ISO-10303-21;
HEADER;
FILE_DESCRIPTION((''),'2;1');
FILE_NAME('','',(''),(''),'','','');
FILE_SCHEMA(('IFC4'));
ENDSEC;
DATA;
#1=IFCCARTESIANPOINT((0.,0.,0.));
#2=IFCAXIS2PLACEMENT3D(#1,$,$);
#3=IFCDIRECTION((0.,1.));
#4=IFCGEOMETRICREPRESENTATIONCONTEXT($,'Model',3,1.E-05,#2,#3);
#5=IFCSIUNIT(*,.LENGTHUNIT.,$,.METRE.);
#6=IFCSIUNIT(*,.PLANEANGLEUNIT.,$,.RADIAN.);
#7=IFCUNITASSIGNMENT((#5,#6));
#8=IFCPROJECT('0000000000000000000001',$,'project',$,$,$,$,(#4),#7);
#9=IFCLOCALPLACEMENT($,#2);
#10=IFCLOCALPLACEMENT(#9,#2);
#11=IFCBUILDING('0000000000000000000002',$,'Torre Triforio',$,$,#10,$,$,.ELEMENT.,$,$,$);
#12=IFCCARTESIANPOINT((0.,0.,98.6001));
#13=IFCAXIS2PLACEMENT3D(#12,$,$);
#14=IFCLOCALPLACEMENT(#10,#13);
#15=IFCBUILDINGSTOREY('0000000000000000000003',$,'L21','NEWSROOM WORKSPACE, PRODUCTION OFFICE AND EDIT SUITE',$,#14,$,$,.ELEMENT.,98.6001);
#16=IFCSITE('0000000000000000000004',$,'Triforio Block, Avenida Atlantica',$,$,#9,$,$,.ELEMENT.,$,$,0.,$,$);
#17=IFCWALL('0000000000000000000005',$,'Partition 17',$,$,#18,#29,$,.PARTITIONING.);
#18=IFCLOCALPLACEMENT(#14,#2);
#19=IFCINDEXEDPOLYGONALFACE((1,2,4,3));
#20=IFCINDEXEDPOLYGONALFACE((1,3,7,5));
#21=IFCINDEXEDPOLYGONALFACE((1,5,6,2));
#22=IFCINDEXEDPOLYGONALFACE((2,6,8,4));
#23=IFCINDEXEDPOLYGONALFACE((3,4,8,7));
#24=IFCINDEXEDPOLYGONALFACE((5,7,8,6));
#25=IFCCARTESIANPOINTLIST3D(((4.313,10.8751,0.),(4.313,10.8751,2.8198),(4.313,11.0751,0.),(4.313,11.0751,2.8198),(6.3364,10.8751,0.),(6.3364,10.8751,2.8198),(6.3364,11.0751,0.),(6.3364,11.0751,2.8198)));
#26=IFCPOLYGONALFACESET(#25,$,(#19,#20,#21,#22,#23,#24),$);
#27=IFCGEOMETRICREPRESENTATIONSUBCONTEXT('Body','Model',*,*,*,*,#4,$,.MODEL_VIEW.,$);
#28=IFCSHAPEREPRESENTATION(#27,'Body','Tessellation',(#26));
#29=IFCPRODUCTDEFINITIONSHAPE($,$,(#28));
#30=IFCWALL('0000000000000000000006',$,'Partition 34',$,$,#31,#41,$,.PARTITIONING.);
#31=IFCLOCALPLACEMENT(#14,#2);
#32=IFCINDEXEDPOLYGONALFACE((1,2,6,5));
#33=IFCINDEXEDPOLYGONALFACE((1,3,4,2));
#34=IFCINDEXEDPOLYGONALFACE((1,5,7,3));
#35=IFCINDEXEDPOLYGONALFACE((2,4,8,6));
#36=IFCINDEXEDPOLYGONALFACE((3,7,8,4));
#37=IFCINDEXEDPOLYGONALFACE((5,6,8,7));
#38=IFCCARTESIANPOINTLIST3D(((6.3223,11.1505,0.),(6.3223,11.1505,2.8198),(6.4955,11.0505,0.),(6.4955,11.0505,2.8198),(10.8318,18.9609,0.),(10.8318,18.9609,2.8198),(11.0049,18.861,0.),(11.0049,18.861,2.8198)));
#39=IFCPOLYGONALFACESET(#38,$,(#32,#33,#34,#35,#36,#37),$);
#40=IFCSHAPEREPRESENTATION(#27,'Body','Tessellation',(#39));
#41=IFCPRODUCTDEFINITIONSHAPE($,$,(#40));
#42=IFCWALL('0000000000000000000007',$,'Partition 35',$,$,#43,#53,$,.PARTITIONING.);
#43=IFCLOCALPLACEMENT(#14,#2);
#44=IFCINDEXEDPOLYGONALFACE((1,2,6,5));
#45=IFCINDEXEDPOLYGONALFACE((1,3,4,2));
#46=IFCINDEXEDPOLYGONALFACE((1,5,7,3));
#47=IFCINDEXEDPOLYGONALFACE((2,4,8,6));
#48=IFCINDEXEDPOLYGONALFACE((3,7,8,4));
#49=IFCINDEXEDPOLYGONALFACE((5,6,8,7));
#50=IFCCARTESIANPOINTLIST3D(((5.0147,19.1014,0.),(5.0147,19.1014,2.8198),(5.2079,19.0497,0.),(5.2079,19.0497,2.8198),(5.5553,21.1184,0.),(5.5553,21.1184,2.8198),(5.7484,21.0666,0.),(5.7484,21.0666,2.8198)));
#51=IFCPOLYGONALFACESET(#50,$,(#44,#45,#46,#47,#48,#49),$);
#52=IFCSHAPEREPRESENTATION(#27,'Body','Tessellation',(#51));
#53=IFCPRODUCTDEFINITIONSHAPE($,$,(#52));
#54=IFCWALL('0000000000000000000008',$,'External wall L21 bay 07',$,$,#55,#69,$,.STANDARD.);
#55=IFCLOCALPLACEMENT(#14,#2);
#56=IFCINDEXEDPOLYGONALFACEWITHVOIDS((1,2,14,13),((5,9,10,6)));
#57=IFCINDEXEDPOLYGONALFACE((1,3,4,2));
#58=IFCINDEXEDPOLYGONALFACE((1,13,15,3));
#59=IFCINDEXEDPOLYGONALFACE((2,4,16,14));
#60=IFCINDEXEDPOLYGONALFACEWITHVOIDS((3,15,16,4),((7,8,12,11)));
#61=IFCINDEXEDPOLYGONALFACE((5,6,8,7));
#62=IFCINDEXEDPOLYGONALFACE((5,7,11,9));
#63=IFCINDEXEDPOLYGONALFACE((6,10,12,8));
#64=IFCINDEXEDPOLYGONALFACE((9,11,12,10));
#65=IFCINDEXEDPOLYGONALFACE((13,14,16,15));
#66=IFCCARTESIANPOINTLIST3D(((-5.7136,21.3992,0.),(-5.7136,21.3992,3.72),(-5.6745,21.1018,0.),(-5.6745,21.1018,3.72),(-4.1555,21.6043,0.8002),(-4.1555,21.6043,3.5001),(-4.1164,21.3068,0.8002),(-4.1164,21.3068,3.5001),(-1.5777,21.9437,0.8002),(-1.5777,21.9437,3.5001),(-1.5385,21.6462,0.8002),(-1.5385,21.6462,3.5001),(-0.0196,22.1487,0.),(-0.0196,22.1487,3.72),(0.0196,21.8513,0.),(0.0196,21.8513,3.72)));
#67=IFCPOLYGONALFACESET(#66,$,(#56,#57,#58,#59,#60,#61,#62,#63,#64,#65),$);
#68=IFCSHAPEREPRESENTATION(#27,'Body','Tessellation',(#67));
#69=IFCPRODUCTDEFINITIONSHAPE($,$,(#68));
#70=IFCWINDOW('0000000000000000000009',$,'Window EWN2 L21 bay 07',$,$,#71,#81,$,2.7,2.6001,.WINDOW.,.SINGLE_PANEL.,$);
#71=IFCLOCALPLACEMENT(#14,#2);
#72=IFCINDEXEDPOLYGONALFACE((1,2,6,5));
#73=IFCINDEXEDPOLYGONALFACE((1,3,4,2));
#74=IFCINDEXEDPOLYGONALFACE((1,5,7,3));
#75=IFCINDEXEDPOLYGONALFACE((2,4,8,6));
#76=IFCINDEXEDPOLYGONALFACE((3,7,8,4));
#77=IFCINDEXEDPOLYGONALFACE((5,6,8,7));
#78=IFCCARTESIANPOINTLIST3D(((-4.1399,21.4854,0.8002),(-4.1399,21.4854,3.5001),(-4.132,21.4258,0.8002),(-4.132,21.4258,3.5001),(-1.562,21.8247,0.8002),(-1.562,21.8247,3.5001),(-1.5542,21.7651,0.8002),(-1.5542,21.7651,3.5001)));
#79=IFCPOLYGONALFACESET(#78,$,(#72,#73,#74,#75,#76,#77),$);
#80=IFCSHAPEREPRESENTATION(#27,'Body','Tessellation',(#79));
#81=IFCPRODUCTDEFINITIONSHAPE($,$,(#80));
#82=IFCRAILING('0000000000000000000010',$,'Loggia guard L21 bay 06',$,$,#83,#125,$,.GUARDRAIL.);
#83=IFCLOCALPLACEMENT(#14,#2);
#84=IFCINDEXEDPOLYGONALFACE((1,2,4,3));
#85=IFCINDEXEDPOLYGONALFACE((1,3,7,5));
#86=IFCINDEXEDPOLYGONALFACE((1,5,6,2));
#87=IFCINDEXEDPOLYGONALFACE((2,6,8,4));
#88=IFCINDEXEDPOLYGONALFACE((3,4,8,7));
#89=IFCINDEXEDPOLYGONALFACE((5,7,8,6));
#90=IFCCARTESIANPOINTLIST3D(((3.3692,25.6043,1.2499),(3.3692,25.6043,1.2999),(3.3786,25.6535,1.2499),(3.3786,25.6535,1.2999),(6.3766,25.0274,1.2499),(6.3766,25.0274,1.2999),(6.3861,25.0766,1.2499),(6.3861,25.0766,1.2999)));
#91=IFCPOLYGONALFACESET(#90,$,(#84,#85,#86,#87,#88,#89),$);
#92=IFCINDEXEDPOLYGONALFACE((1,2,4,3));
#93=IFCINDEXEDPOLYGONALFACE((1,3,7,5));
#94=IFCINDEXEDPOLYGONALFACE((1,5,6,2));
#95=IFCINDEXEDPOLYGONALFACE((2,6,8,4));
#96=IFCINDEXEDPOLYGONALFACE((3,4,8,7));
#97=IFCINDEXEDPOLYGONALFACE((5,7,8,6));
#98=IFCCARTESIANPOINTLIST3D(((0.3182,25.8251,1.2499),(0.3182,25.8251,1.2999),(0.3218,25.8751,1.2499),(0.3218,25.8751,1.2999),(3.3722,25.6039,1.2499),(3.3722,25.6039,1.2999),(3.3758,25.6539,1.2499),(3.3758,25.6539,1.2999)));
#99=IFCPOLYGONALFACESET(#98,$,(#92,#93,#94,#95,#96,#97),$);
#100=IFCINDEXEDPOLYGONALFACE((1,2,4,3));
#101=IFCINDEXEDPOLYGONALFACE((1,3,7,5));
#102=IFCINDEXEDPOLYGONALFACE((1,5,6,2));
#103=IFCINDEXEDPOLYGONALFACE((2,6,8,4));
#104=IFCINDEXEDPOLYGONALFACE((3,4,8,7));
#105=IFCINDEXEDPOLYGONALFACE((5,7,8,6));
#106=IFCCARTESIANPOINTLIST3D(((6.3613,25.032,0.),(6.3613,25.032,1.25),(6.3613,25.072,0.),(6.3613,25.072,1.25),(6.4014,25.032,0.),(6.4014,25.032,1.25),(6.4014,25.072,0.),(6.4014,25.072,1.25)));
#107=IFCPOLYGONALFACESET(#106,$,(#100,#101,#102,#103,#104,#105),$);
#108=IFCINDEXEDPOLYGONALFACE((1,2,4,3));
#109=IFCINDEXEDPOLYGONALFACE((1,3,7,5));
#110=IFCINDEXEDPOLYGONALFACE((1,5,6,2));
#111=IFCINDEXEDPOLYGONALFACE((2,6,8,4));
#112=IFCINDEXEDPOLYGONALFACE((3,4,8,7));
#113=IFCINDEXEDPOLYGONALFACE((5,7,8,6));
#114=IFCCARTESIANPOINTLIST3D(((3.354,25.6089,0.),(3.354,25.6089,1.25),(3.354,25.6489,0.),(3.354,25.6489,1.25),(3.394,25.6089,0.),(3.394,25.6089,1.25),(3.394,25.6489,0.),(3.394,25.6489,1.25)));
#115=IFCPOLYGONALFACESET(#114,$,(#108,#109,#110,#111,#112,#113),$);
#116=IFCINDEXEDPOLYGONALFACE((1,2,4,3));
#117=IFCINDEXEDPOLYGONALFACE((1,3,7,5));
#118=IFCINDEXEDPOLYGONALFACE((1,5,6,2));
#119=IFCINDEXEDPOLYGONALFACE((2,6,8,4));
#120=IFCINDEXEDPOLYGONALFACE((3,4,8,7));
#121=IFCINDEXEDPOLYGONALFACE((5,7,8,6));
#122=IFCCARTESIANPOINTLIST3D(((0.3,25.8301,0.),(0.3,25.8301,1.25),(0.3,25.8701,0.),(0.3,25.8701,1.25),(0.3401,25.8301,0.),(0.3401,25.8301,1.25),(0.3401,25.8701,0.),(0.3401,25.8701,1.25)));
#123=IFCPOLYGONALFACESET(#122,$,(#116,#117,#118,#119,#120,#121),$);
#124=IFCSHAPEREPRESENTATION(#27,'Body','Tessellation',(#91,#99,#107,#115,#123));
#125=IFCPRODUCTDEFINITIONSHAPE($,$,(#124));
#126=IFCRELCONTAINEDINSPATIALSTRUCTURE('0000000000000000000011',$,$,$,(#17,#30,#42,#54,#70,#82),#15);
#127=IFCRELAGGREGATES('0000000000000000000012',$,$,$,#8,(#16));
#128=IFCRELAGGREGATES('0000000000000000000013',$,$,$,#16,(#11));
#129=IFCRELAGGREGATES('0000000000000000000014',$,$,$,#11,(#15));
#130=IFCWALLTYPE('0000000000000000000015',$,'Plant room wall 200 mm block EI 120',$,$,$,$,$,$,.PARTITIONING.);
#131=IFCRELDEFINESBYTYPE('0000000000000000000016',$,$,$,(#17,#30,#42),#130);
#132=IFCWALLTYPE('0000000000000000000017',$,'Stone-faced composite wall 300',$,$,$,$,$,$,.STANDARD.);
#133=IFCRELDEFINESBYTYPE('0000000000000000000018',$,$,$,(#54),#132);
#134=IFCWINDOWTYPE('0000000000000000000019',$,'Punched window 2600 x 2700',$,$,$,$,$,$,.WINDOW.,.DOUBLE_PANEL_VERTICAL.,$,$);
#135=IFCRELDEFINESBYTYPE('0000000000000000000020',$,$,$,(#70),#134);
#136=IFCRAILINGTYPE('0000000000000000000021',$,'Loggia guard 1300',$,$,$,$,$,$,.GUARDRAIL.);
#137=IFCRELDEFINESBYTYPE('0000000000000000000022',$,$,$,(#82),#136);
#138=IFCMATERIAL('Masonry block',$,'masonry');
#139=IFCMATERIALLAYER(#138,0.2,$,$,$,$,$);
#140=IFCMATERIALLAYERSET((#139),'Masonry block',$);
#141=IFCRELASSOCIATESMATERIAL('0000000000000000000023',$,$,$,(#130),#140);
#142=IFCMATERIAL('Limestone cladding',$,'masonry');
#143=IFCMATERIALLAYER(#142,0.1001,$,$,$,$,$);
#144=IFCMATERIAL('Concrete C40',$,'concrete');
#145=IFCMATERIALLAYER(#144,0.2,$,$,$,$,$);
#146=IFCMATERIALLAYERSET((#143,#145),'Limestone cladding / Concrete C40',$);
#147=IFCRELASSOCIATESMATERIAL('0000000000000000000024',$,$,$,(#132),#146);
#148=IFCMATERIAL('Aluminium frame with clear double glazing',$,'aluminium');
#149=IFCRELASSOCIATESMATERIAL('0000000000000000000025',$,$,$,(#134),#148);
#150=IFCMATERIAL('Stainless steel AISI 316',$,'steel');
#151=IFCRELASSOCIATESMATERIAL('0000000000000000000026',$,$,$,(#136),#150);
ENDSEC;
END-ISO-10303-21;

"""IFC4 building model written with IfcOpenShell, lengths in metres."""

from ifc_helpers import new_model, si_unit, direction, frame, frame_2d, origin, origin_2d, place, context, subcontext, project, spatial, rectangle, extrude, material, layer, layer_set, type_object, element, fill, save


model = new_model("IFC4")

# Units and contexts
model_context = context("Model", 3, precision=1e-05, world=origin(), true_north=direction((0.0, 1.0)))
body_context = subcontext(model_context, "Body", "Model", "MODEL_VIEW")
ifc_project = project(units=[si_unit("LENGTHUNIT", "METRE"), si_unit("PLANEANGLEUNIT", "RADIAN")], contexts=[model_context])

# Site, building, storey
site_placement = place(None, origin())
site = spatial("IfcSite", under=ifc_project, at=site_placement, Name="Triforio Block, Avenida Atlantica", CompositionType="ELEMENT", RefElevation=0.0)
building_placement = place(site_placement, origin())
building = spatial("IfcBuilding", under=site, at=building_placement, Name="Torre Triforio", CompositionType="ELEMENT")
storey_placement = place(building_placement, frame((0.0, 0.0, 98.6001)))
storey = spatial("IfcBuildingStorey", under=building, at=storey_placement, Name="L21", Description="NEWSROOM WORKSPACE, PRODUCTION OFFICE AND EDIT SUITE", CompositionType="ELEMENT", Elevation=98.6001)

# Shared definitions
ifc_material_1 = material(Name="Masonry block", Category="masonry")
ifc_layer_1 = layer(ifc_material_1, 0.2)
ifc_layer_set_1 = layer_set([ifc_layer_1], Name="Masonry block")
wall_type_1 = type_object("IfcWallType", Name="Plant room wall 200 mm block EI 120", PredefinedType="PARTITIONING", material=ifc_layer_set_1)

# Walls
wall_1_placement = place(storey_placement, frame((4.313, 10.9751, 0.0), z_axis=(0.0, 0.0, 1.0), x_axis=(1.0, 0.0, 0.0)))
element("IfcWall", 1, at=wall_1_placement, inside=storey, type_object=wall_type_1, Name="Partition 17", PredefinedType="PARTITIONING", context=body_context, shape_type="SweptSolid", body=[
    extrude(rectangle(XDim=2.0234, YDim=0.2, at=frame_2d((1.0117, 0.0))), origin(), (0.0, 0.0, 1.0), 2.8198),
])
wall_2_placement = place(storey_placement, frame((6.4089, 11.1006, 0.0), z_axis=(0.0, 0.0, 1.0), x_axis=(0.500008, 0.866021, 0.0)))
element("IfcWall", 2, at=wall_2_placement, inside=storey, type_object=wall_type_1, Name="Partition 34", PredefinedType="PARTITIONING", context=body_context, shape_type="SweptSolid", body=[
    extrude(rectangle(XDim=9.0188, YDim=0.2, at=frame_2d((4.5093, 0.0))), origin(), (0.0, 0.0, 1.0), 2.8198),
])
wall_3_placement = place(storey_placement, frame((5.1113, 19.0757, 0.0), z_axis=(0.0, 0.0, 1.0), x_axis=(0.258871, 0.965912, 0.0)))
element("IfcWall", 3, at=wall_3_placement, inside=storey, type_object=wall_type_1, Name="Partition 35", PredefinedType="PARTITIONING", context=body_context, shape_type="SweptSolid", body=[
    extrude(rectangle(XDim=2.0881, YDim=0.2, at=frame_2d((1.0439, 0.0))), origin(), (0.0, 0.0, 1.0), 2.8198),
])

# Shared definitions
ifc_material_2 = material(Name="Limestone cladding", Category="masonry")
ifc_layer_2 = layer(ifc_material_2, 0.1001)
ifc_material_3 = material(Name="Concrete C40", Category="concrete")
ifc_layer_3 = layer(ifc_material_3, 0.2)
ifc_layer_set_2 = layer_set([ifc_layer_2, ifc_layer_3], Name="Limestone cladding / Concrete C40")
wall_type_2 = type_object("IfcWallType", Name="Stone-faced composite wall 300", PredefinedType="STANDARD", material=ifc_layer_set_2)
ifc_material_4 = material(Name="Aluminium frame with clear double glazing", Category="aluminium")

# Wall, opening, window
wall_4_placement = place(storey_placement, frame((0.0, 22.0, 0.0), z_axis=(0.0, 0.0, 1.0), x_axis=(-0.991448, -0.130504, 0.0)))
wall_4 = element("IfcWall", 4, at=wall_4_placement, inside=storey, type_object=wall_type_2, Name="External wall L21 bay 07", PredefinedType="STANDARD", context=body_context, shape_type="SweptSolid", body=[
    extrude(rectangle(XDim=5.7432, YDim=0.3, at=frame_2d((2.8716, 0.0))), origin(), (0.0, 0.0, 1.0), 3.72),
])
opening_1_placement = place(wall_4_placement, frame((1.5715, 0.0, 0.8)))
opening_1 = element("IfcOpeningElement", 5, at=opening_1_placement, cuts=wall_4, PredefinedType="OPENING", context=body_context, shape_type="SweptSolid", body=[
    extrude(rectangle(XDim=2.6001, YDim=2.7, at=frame_2d((1.3, 1.3501))), frame((0.0, 0.1599, 0.0), z_axis=(0.0, -1.0, 0.0), x_axis=(1.0, 0.0, 0.0)), (0.0, 0.0, 1.0), 0.3201),
])
window_type_1 = type_object("IfcWindowType", Name="Punched window 2600 x 2700", PartitioningType="DOUBLE_PANEL_VERTICAL", PredefinedType="WINDOW", material=ifc_material_4)
window_1_placement = place(opening_1_placement, origin())
window_1 = element("IfcWindow", 6, at=window_1_placement, inside=storey, type_object=window_type_1, Name="Window EWN2 L21 bay 07", OverallHeight=2.7, OverallWidth=2.6001, PartitioningType="SINGLE_PANEL", PredefinedType="WINDOW", context=body_context, shape_type="SweptSolid", body=[
    extrude(rectangle(XDim=2.6001, YDim=2.7, at=frame_2d((1.3, 1.3501))), frame((0.0, 0.03, 0.0), z_axis=(0.0, -1.0, 0.0), x_axis=(1.0, 0.0, 0.0)), (0.0, 0.0, 1.0), 0.0601),
])
fill(opening_1, window_1)

# Railing
ifc_material_5 = material(Name="Stainless steel AISI 316", Category="steel")
railing_type = type_object("IfcRailingType", Name="Loggia guard 1300", PredefinedType="GUARDRAIL", material=ifc_material_5)
railing_placement = place(storey_placement, frame((6.3813, 25.052, 0.0)))
element("IfcRailing", 7, at=railing_placement, inside=storey, type_object=railing_type, Name="Loggia guard L21 bay 06", PredefinedType="GUARDRAIL", context=body_context, shape_type="SweptSolid", body=[
    extrude(rectangle(XDim=0.05, YDim=0.05, at=origin_2d()), frame((0.0, 0.0, 1.2749), z_axis=(-0.982093, 0.188398, 0.0), x_axis=(-0.188398, -0.982093, 0.0)), (0.0, 0.0, 1.0), 3.0623),
    extrude(rectangle(XDim=0.05, YDim=0.05, at=origin_2d()), frame((-3.0073, 0.5769, 1.2749), z_axis=(-0.997387, 0.072239, 0.0), x_axis=(-0.072239, -0.997387, 0.0)), (0.0, 0.0, 1.0), 3.062),
    extrude(rectangle(XDim=0.04, YDim=0.04, at=origin_2d()), origin(), (0.0, 0.0, 1.0), 1.25),
    extrude(rectangle(XDim=0.04, YDim=0.04, at=origin_2d()), frame((-3.0073, 0.5769, 0.0)), (0.0, 0.0, 1.0), 1.25),
    extrude(rectangle(XDim=0.04, YDim=0.04, at=origin_2d()), frame((-6.0613, 0.7981, 0.0)), (0.0, 0.0, 1.0), 1.25),
])

save(model, "model.ifc")
